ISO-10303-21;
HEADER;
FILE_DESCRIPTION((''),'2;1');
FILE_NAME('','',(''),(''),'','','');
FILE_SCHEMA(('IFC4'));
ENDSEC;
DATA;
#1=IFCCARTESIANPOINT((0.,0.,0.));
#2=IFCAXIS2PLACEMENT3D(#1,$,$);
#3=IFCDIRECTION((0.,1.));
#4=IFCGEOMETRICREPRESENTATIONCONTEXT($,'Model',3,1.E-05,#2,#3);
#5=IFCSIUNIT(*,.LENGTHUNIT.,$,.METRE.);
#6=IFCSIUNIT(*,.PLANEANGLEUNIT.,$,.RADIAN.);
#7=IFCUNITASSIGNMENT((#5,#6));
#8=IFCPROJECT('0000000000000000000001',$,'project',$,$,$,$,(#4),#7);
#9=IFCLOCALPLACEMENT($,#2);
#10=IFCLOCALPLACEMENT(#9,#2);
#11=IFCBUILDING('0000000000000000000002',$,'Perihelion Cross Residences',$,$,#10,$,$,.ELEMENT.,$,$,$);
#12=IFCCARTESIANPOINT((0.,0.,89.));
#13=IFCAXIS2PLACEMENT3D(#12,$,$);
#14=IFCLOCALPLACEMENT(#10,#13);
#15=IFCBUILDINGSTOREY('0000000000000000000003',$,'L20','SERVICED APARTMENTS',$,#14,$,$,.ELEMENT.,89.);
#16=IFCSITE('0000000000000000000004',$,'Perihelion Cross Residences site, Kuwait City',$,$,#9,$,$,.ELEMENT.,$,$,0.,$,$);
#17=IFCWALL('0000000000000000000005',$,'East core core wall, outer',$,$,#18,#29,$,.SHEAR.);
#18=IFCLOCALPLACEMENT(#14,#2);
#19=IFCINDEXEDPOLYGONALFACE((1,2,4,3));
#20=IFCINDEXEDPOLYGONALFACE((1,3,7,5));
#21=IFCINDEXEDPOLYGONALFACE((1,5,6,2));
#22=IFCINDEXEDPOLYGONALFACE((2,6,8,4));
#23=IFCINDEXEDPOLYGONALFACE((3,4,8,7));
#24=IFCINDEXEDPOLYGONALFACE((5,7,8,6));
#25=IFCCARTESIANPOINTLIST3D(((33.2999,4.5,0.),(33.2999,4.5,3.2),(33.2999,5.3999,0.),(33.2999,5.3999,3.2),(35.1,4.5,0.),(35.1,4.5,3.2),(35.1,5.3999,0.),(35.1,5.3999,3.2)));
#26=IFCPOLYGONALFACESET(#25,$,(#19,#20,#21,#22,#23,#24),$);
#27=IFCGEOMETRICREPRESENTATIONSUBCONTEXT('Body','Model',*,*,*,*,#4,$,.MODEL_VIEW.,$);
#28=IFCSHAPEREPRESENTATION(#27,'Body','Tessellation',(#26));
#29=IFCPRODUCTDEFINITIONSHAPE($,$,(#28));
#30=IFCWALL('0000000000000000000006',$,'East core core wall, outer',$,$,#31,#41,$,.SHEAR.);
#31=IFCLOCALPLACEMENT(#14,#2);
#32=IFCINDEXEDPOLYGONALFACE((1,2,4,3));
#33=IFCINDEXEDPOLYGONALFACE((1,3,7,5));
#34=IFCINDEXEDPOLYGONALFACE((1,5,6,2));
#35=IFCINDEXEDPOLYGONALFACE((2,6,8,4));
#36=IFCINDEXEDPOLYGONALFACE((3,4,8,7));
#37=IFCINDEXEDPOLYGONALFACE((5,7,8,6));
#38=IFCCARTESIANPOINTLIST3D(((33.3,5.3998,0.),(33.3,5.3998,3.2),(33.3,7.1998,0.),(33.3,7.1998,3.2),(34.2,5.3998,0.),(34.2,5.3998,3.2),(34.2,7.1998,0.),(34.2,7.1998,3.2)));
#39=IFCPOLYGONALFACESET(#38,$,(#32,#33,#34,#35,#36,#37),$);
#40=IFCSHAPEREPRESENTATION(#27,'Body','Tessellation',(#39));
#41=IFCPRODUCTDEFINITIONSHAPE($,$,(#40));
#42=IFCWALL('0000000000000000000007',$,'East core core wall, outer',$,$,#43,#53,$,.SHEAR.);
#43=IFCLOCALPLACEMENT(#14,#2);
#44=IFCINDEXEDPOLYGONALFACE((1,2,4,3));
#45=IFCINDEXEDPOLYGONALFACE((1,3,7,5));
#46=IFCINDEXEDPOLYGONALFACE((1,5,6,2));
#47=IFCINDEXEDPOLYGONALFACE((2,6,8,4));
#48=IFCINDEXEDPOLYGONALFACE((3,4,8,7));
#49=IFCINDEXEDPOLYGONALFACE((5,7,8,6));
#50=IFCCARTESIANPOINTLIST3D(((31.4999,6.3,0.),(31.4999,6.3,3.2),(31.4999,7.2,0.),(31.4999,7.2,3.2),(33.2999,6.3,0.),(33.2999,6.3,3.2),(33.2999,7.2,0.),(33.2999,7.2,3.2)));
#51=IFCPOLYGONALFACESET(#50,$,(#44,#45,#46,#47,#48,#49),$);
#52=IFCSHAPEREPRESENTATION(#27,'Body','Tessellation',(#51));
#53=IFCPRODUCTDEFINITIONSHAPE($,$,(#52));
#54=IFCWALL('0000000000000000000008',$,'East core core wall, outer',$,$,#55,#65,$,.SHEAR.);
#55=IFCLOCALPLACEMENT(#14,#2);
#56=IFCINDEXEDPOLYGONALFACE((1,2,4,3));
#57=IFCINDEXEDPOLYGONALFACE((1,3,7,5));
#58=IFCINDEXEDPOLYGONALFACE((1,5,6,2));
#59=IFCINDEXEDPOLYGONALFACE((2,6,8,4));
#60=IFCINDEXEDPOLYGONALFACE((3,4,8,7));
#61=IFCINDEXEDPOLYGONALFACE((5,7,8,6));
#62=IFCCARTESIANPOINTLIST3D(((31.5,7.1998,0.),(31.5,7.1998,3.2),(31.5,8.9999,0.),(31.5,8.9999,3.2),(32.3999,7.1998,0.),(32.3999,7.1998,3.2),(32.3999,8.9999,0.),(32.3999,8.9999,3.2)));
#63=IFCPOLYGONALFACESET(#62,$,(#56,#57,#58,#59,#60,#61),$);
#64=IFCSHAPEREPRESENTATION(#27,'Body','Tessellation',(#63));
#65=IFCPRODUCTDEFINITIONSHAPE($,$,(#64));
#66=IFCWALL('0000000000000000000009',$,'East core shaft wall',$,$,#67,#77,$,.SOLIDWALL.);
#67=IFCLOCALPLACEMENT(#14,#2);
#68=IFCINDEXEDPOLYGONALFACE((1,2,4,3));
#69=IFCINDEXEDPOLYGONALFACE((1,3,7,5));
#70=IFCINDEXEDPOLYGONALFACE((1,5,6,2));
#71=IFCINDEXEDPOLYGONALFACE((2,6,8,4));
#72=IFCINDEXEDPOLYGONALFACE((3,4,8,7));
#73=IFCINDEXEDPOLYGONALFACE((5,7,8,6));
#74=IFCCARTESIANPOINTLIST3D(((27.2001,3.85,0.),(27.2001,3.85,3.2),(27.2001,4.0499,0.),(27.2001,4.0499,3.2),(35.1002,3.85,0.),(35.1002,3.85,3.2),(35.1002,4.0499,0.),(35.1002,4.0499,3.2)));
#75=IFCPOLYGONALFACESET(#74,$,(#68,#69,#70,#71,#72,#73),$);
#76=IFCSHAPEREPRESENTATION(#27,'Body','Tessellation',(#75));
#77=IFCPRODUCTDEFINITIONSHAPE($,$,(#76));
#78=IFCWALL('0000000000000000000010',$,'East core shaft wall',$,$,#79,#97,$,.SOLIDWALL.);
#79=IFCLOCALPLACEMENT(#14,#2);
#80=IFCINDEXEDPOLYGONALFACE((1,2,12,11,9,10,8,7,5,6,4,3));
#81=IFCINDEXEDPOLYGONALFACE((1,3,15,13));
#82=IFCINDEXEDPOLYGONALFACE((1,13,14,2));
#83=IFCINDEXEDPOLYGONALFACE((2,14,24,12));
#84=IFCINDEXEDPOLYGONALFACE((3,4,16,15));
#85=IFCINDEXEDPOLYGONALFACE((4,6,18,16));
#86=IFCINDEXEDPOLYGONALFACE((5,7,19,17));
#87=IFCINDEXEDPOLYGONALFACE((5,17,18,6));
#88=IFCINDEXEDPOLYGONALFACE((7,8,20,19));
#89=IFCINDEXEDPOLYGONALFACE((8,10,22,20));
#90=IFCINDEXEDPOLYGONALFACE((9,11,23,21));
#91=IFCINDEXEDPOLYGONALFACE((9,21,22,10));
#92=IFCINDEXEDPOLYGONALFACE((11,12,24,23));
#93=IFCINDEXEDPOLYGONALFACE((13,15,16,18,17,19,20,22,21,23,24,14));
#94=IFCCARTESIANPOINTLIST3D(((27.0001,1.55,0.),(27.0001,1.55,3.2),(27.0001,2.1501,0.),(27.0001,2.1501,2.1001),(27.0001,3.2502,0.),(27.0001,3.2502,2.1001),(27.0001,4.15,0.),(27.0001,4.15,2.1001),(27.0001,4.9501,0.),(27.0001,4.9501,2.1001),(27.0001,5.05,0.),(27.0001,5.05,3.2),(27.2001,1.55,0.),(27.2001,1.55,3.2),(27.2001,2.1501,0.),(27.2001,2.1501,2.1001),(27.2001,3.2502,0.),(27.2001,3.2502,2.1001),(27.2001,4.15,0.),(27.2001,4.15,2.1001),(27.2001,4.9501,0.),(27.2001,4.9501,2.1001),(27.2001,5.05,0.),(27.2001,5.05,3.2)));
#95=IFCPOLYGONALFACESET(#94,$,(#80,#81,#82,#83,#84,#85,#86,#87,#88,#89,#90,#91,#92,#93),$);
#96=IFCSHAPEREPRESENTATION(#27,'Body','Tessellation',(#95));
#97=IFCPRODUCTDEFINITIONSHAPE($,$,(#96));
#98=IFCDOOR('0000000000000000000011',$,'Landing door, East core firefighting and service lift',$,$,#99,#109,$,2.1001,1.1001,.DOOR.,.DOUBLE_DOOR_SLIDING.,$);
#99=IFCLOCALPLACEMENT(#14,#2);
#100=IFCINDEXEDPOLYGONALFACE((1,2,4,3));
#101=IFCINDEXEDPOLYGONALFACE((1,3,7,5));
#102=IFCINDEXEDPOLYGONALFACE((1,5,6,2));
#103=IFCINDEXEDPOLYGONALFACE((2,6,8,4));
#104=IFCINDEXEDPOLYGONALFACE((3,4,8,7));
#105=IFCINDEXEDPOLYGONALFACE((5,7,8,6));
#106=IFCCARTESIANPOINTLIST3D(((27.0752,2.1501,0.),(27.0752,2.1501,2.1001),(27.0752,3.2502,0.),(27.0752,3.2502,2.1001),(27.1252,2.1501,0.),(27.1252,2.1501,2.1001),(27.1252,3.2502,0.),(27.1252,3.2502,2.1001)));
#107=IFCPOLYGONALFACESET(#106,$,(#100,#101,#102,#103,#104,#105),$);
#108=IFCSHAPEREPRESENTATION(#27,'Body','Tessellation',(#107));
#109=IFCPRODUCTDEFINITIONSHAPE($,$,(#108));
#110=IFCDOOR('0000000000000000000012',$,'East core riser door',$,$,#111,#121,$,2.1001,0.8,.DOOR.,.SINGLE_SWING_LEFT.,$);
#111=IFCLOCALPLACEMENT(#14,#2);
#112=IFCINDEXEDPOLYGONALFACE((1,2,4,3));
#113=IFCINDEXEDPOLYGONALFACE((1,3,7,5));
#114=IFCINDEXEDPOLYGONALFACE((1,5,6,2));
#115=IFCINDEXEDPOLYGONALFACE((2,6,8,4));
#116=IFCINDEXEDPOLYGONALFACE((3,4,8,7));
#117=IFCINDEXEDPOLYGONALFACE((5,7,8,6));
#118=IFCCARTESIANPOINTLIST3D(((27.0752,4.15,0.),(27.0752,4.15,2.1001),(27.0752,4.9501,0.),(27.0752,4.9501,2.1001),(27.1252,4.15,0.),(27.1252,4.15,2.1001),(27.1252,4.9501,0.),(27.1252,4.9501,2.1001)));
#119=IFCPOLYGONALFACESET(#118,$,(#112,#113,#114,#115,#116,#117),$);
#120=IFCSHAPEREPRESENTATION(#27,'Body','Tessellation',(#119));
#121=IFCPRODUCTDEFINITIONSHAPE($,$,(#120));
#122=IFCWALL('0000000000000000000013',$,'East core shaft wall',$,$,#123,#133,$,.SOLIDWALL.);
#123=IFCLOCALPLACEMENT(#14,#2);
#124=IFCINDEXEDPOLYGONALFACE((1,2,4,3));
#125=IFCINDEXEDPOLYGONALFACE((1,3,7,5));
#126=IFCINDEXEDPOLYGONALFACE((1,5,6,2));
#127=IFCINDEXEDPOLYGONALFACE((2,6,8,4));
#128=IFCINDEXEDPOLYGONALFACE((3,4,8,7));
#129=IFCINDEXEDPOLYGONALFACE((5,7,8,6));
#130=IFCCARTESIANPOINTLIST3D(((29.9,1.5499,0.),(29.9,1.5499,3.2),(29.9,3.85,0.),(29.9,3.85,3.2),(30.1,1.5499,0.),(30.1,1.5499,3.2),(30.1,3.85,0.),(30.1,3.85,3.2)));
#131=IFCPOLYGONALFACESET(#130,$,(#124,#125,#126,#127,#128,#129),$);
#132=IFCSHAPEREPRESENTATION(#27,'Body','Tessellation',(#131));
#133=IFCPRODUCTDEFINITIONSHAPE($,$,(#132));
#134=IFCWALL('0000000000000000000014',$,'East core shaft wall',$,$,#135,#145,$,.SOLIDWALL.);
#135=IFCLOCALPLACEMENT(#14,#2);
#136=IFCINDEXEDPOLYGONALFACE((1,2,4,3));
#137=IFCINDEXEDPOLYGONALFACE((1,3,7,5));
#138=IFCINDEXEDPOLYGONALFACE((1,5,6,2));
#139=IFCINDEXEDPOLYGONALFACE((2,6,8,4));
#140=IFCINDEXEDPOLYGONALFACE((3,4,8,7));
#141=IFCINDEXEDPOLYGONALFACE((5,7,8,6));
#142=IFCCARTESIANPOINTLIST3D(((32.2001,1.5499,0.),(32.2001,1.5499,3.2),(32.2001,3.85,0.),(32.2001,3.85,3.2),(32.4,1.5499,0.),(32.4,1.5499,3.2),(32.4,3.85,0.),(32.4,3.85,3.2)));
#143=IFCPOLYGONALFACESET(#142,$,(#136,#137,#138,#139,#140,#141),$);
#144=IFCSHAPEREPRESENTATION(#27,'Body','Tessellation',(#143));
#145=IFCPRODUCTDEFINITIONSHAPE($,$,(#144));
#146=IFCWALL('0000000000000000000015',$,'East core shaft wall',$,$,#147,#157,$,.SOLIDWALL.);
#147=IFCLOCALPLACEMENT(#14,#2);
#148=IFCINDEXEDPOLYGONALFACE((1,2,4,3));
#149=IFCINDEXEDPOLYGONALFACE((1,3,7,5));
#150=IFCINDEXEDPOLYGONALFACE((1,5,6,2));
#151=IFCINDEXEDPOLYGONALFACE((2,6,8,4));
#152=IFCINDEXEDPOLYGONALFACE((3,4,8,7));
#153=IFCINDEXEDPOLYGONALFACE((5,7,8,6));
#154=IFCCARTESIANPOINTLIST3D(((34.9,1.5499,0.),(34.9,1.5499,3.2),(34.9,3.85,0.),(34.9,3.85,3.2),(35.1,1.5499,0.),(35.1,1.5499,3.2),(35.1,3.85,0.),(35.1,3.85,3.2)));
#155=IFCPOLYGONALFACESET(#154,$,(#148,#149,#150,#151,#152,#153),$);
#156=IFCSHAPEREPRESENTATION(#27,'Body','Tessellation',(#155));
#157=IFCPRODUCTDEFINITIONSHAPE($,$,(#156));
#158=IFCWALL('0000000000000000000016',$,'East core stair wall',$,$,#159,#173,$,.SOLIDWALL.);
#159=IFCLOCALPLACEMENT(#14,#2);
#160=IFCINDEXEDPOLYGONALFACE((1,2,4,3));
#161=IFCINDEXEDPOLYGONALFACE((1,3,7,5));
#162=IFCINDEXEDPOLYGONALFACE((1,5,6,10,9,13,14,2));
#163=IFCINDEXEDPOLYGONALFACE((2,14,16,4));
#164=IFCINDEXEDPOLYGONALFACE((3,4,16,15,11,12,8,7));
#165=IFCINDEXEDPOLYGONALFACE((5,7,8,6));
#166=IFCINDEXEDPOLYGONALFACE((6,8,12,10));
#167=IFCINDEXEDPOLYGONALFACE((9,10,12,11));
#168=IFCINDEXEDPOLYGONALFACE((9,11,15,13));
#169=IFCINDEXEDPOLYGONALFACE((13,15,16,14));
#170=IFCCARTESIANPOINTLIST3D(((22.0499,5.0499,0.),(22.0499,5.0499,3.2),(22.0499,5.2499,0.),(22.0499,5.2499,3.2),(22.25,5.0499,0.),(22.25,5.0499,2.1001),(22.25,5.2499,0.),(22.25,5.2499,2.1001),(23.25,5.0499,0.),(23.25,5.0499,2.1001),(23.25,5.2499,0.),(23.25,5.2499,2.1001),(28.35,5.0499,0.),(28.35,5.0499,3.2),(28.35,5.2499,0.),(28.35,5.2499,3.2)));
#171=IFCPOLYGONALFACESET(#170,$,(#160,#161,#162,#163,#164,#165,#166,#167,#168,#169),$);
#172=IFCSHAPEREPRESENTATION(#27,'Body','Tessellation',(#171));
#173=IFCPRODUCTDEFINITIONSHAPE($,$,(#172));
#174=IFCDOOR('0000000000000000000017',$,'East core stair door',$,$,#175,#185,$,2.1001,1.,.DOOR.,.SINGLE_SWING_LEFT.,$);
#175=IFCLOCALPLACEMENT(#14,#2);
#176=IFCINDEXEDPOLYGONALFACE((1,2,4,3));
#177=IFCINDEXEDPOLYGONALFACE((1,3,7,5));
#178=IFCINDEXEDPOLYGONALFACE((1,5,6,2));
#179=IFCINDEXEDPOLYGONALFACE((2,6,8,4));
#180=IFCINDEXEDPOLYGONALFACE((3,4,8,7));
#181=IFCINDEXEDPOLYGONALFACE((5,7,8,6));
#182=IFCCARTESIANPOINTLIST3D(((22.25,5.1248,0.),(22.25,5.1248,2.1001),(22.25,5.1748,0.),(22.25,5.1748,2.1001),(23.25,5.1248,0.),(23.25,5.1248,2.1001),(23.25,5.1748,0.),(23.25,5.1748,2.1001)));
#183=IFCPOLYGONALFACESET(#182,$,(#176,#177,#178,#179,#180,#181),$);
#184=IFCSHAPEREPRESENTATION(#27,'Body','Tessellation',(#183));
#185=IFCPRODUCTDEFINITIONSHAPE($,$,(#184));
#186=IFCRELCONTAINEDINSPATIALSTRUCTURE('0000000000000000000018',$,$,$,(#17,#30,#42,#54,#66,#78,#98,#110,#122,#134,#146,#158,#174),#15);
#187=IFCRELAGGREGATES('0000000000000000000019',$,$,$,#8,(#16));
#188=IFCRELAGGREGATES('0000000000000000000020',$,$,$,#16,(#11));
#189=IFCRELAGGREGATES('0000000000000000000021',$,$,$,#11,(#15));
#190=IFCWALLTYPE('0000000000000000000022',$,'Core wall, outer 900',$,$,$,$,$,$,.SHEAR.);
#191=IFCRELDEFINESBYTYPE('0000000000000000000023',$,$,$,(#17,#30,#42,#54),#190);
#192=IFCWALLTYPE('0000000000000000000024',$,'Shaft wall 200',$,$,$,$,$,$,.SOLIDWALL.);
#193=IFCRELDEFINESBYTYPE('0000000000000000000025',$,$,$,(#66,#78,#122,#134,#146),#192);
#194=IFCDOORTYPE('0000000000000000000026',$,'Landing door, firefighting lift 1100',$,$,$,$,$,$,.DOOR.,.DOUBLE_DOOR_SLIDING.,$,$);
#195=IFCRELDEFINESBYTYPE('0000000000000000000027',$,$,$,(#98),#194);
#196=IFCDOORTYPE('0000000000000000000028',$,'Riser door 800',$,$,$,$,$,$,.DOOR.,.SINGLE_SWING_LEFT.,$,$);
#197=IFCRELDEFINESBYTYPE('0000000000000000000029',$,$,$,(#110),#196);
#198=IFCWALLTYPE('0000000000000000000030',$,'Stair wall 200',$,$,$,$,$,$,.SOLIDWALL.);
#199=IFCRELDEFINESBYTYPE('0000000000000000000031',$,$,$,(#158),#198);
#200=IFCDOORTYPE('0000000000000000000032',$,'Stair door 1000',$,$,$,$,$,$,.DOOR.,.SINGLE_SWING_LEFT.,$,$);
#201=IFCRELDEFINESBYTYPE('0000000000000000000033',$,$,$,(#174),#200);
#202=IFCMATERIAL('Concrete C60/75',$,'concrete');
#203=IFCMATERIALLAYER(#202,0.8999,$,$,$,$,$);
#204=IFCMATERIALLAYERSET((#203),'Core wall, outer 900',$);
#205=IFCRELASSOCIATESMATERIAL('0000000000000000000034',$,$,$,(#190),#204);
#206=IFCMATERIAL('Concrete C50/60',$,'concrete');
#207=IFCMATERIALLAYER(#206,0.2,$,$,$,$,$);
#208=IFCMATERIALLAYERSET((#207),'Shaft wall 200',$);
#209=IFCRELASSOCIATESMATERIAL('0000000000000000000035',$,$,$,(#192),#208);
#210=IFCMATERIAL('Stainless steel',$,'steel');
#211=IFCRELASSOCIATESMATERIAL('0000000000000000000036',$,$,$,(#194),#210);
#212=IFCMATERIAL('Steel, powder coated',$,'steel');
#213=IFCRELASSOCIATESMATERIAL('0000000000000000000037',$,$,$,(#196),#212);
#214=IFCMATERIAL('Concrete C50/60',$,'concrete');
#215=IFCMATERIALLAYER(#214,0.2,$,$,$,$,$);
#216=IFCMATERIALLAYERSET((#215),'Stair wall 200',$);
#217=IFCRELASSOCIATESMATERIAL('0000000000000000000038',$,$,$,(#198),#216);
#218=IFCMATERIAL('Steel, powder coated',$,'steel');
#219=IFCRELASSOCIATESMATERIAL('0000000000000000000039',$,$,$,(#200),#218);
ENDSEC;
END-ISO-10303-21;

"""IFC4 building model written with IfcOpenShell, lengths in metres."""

from ifc_helpers import new_model, si_unit, direction, frame, frame_2d, origin, place, context, subcontext, project, spatial, rectangle, extrude, material, layer, layer_set, type_object, element, fill, save


model = new_model("IFC4")

# Units and contexts
model_context = context("Model", 3, precision=1e-05, world=origin(), true_north=direction((0.0, 1.0)))
body_context = subcontext(model_context, "Body", "Model", "MODEL_VIEW")
ifc_project = project(units=[si_unit("LENGTHUNIT", "METRE"), si_unit("PLANEANGLEUNIT", "RADIAN")], contexts=[model_context])

# Site, building, storey
site_placement = place(None, origin())
site = spatial("IfcSite", under=ifc_project, at=site_placement, Name="Perihelion Cross Residences site, Kuwait City", CompositionType="ELEMENT", RefElevation=0.0)
building_placement = place(site_placement, origin())
building = spatial("IfcBuilding", under=site, at=building_placement, Name="Perihelion Cross Residences", CompositionType="ELEMENT")
storey_placement = place(building_placement, frame((0.0, 0.0, 89.0)))
storey = spatial("IfcBuildingStorey", under=building, at=storey_placement, Name="L20", Description="SERVICED APARTMENTS", CompositionType="ELEMENT", Elevation=89.0)

# Walls
ifc_material_1 = material(Name="Concrete C60/75", Category="concrete")
ifc_layer_1 = layer(ifc_material_1, 0.8999)
ifc_layer_set_1 = layer_set([ifc_layer_1], Name="Core wall, outer 900")
wall_type_1 = type_object("IfcWallType", Name="Core wall, outer 900", PredefinedType="SHEAR", material=ifc_layer_set_1)
for number, where, z_axis, x_axis, name in (
    (1, (33.3, 4.95, 0.0), (0.0, 0.0, 1.0), (1.0, 0.0, 0.0), "East core core wall, outer"),
    (2, (33.75, 5.3999, 0.0), (0.0, 0.0, 1.0), (0.0, 1.0, 0.0), "East core core wall, outer"),
    (3, (31.5, 6.75, 0.0), (0.0, 0.0, 1.0), (1.0, 0.0, 0.0), "East core core wall, outer"),
    (4, (31.95, 7.2, 0.0), (0.0, 0.0, 1.0), (0.0, 1.0, 0.0), "East core core wall, outer"),
):
    element("IfcWall", number, at=place(storey_placement, frame(where, z_axis=z_axis, x_axis=x_axis)), inside=storey, type_object=wall_type_1, Name=name, PredefinedType="SHEAR", context=body_context, shape_type="SweptSolid", body=[
        extrude(rectangle(XDim=1.8, YDim=0.8999, at=frame_2d((0.8999, 0.0))), origin(), (0.0, 0.0, 1.0), 3.2),
    ])
ifc_material_2 = material(Name="Concrete C50/60", Category="concrete")
ifc_layer_2 = layer(ifc_material_2, 0.2)
ifc_layer_set_2 = layer_set([ifc_layer_2], Name="Shaft wall 200")
wall_type_2 = type_object("IfcWallType", Name="Shaft wall 200", PredefinedType="SOLIDWALL", material=ifc_layer_set_2)
wall_1_placement = place(storey_placement, frame((27.2, 3.95, 0.0), z_axis=(0.0, 0.0, 1.0), x_axis=(1.0, 0.0, 0.0)))
element("IfcWall", 5, at=wall_1_placement, inside=storey, type_object=wall_type_2, Name="East core shaft wall", PredefinedType="SOLIDWALL", context=body_context, shape_type="SweptSolid", body=[
    extrude(rectangle(XDim=7.9001, YDim=0.2, at=frame_2d((3.9502, 0.0))), origin(), (0.0, 0.0, 1.0), 3.2),
])

# Wall, openings, doors
wall_2_placement = place(storey_placement, frame((27.1001, 1.55, 0.0), z_axis=(0.0, 0.0, 1.0), x_axis=(0.0, 1.0, 0.0)))
wall_2 = element("IfcWall", 6, at=wall_2_placement, inside=storey, type_object=wall_type_2, Name="East core shaft wall", PredefinedType="SOLIDWALL", context=body_context, shape_type="SweptSolid", body=[
    extrude(rectangle(XDim=3.5, YDim=0.2, at=frame_2d((1.75, 0.0))), origin(), (0.0, 0.0, 1.0), 3.2),
])
opening_1_placement = place(wall_2_placement, frame((0.6001, 0.0, 0.0)))
opening_1 = element("IfcOpeningElement", 7, at=opening_1_placement, cuts=wall_2, PredefinedType="OPENING", context=body_context, shape_type="SweptSolid", body=[
    extrude(rectangle(XDim=1.1001, YDim=2.1001, at=frame_2d((0.55, 1.05))), frame((0.0, 0.1099, 0.0), z_axis=(0.0, -1.0, 0.0), x_axis=(1.0, 0.0, 0.0)), (0.0, 0.0, 1.0), 0.22),
])
opening_2_placement = place(wall_2_placement, frame((2.6001, 0.0, 0.0)))
opening_2 = element("IfcOpeningElement", 8, at=opening_2_placement, cuts=wall_2, PredefinedType="OPENING", context=body_context, shape_type="SweptSolid", body=[
    extrude(rectangle(XDim=0.8, YDim=2.1001, at=frame_2d((0.3999, 1.05))), frame((0.0, 0.1099, 0.0), z_axis=(0.0, -1.0, 0.0), x_axis=(1.0, 0.0, 0.0)), (0.0, 0.0, 1.0), 0.22),
])
ifc_material_3 = material(Name="Stainless steel", Category="steel")
door_type_1 = type_object("IfcDoorType", Name="Landing door, firefighting lift 1100", OperationType="DOUBLE_DOOR_SLIDING", PredefinedType="DOOR", material=ifc_material_3)
door_1_placement = place(opening_1_placement, origin())
door_1 = element("IfcDoor", 9, at=door_1_placement, inside=storey, type_object=door_type_1, Name="Landing door, East core firefighting and service lift", OperationType="DOUBLE_DOOR_SLIDING", OverallHeight=2.1001, OverallWidth=1.1001, PredefinedType="DOOR", context=body_context, shape_type="SweptSolid", body=[
    extrude(rectangle(XDim=1.1001, YDim=2.1001, at=frame_2d((0.55, 1.05))), frame((0.0, 0.0249, 0.0), z_axis=(0.0, -1.0, 0.0), x_axis=(1.0, 0.0, 0.0)), (0.0, 0.0, 1.0), 0.05),
])
fill(opening_1, door_1)
ifc_material_4 = material(Name="Steel, powder coated", Category="steel")
door_type_2 = type_object("IfcDoorType", Name="Riser door 800", OperationType="SINGLE_SWING_LEFT", PredefinedType="DOOR", material=ifc_material_4)
door_2_placement = place(opening_2_placement, origin())
door_2 = element("IfcDoor", 10, at=door_2_placement, inside=storey, type_object=door_type_2, Name="East core riser door", OperationType="SINGLE_SWING_LEFT", OverallHeight=2.1001, OverallWidth=0.8, PredefinedType="DOOR", context=body_context, shape_type="SweptSolid", body=[
    extrude(rectangle(XDim=0.8, YDim=2.1001, at=frame_2d((0.3999, 1.05))), frame((0.0, 0.0249, 0.0), z_axis=(0.0, -1.0, 0.0), x_axis=(1.0, 0.0, 0.0)), (0.0, 0.0, 1.0), 0.05),
])
fill(opening_2, door_2)

# Walls
for number, where, z_axis, x_axis, name in (
    (11, (30.0, 1.55, 0.0), (0.0, 0.0, 1.0), (0.0, 1.0, 0.0), "East core shaft wall"),
    (12, (32.3, 1.55, 0.0), (0.0, 0.0, 1.0), (0.0, 1.0, 0.0), "East core shaft wall"),
    (13, (35.0, 1.55, 0.0), (0.0, 0.0, 1.0), (0.0, 1.0, 0.0), "East core shaft wall"),
):
    element("IfcWall", number, at=place(storey_placement, frame(where, z_axis=z_axis, x_axis=x_axis)), inside=storey, type_object=wall_type_2, Name=name, PredefinedType="SOLIDWALL", context=body_context, shape_type="SweptSolid", body=[
        extrude(rectangle(XDim=2.3, YDim=0.2, at=frame_2d((1.1499, 0.0))), origin(), (0.0, 0.0, 1.0), 3.2),
    ])

# Wall, opening, door
ifc_material_5 = material(Name="Concrete C50/60", Category="concrete")
ifc_layer_3 = layer(ifc_material_5, 0.2)
ifc_layer_set_3 = layer_set([ifc_layer_3], Name="Stair wall 200")
wall_type_3 = type_object("IfcWallType", Name="Stair wall 200", PredefinedType="SOLIDWALL", material=ifc_layer_set_3)
wall_3_placement = place(storey_placement, frame((22.05, 5.1499, 0.0), z_axis=(0.0, 0.0, 1.0), x_axis=(1.0, 0.0, 0.0)))
wall_3 = element("IfcWall", 14, at=wall_3_placement, inside=storey, type_object=wall_type_3, Name="East core stair wall", PredefinedType="SOLIDWALL", context=body_context, shape_type="SweptSolid", body=[
    extrude(rectangle(XDim=6.3, YDim=0.2, at=frame_2d((3.1499, 0.0))), origin(), (0.0, 0.0, 1.0), 3.2),
])
opening_3_placement = place(wall_3_placement, frame((0.2, 0.0, 0.0)))
opening_3 = element("IfcOpeningElement", 15, at=opening_3_placement, cuts=wall_3, PredefinedType="OPENING", context=body_context, shape_type="SweptSolid", body=[
    extrude(rectangle(XDim=1.0, YDim=2.1001, at=frame_2d((0.5, 1.05))), frame((0.0, 0.1099, 0.0), z_axis=(0.0, -1.0, 0.0), x_axis=(1.0, 0.0, 0.0)), (0.0, 0.0, 1.0), 0.22),
])
ifc_material_6 = material(Name="Steel, powder coated", Category="steel")
door_type_3 = type_object("IfcDoorType", Name="Stair door 1000", OperationType="SINGLE_SWING_LEFT", PredefinedType="DOOR", material=ifc_material_6)
door_3_placement = place(opening_3_placement, origin())
door_3 = element("IfcDoor", 16, at=door_3_placement, inside=storey, type_object=door_type_3, Name="East core stair door", OperationType="SINGLE_SWING_LEFT", OverallHeight=2.1001, OverallWidth=1.0, PredefinedType="DOOR", context=body_context, shape_type="SweptSolid", body=[
    extrude(rectangle(XDim=1.0, YDim=2.1001, at=frame_2d((0.5, 1.05))), frame((0.0, 0.0249, 0.0), z_axis=(0.0, -1.0, 0.0), x_axis=(1.0, 0.0, 0.0)), (0.0, 0.0, 1.0), 0.05),
])
fill(opening_3, door_3)

save(model, "model.ifc")
